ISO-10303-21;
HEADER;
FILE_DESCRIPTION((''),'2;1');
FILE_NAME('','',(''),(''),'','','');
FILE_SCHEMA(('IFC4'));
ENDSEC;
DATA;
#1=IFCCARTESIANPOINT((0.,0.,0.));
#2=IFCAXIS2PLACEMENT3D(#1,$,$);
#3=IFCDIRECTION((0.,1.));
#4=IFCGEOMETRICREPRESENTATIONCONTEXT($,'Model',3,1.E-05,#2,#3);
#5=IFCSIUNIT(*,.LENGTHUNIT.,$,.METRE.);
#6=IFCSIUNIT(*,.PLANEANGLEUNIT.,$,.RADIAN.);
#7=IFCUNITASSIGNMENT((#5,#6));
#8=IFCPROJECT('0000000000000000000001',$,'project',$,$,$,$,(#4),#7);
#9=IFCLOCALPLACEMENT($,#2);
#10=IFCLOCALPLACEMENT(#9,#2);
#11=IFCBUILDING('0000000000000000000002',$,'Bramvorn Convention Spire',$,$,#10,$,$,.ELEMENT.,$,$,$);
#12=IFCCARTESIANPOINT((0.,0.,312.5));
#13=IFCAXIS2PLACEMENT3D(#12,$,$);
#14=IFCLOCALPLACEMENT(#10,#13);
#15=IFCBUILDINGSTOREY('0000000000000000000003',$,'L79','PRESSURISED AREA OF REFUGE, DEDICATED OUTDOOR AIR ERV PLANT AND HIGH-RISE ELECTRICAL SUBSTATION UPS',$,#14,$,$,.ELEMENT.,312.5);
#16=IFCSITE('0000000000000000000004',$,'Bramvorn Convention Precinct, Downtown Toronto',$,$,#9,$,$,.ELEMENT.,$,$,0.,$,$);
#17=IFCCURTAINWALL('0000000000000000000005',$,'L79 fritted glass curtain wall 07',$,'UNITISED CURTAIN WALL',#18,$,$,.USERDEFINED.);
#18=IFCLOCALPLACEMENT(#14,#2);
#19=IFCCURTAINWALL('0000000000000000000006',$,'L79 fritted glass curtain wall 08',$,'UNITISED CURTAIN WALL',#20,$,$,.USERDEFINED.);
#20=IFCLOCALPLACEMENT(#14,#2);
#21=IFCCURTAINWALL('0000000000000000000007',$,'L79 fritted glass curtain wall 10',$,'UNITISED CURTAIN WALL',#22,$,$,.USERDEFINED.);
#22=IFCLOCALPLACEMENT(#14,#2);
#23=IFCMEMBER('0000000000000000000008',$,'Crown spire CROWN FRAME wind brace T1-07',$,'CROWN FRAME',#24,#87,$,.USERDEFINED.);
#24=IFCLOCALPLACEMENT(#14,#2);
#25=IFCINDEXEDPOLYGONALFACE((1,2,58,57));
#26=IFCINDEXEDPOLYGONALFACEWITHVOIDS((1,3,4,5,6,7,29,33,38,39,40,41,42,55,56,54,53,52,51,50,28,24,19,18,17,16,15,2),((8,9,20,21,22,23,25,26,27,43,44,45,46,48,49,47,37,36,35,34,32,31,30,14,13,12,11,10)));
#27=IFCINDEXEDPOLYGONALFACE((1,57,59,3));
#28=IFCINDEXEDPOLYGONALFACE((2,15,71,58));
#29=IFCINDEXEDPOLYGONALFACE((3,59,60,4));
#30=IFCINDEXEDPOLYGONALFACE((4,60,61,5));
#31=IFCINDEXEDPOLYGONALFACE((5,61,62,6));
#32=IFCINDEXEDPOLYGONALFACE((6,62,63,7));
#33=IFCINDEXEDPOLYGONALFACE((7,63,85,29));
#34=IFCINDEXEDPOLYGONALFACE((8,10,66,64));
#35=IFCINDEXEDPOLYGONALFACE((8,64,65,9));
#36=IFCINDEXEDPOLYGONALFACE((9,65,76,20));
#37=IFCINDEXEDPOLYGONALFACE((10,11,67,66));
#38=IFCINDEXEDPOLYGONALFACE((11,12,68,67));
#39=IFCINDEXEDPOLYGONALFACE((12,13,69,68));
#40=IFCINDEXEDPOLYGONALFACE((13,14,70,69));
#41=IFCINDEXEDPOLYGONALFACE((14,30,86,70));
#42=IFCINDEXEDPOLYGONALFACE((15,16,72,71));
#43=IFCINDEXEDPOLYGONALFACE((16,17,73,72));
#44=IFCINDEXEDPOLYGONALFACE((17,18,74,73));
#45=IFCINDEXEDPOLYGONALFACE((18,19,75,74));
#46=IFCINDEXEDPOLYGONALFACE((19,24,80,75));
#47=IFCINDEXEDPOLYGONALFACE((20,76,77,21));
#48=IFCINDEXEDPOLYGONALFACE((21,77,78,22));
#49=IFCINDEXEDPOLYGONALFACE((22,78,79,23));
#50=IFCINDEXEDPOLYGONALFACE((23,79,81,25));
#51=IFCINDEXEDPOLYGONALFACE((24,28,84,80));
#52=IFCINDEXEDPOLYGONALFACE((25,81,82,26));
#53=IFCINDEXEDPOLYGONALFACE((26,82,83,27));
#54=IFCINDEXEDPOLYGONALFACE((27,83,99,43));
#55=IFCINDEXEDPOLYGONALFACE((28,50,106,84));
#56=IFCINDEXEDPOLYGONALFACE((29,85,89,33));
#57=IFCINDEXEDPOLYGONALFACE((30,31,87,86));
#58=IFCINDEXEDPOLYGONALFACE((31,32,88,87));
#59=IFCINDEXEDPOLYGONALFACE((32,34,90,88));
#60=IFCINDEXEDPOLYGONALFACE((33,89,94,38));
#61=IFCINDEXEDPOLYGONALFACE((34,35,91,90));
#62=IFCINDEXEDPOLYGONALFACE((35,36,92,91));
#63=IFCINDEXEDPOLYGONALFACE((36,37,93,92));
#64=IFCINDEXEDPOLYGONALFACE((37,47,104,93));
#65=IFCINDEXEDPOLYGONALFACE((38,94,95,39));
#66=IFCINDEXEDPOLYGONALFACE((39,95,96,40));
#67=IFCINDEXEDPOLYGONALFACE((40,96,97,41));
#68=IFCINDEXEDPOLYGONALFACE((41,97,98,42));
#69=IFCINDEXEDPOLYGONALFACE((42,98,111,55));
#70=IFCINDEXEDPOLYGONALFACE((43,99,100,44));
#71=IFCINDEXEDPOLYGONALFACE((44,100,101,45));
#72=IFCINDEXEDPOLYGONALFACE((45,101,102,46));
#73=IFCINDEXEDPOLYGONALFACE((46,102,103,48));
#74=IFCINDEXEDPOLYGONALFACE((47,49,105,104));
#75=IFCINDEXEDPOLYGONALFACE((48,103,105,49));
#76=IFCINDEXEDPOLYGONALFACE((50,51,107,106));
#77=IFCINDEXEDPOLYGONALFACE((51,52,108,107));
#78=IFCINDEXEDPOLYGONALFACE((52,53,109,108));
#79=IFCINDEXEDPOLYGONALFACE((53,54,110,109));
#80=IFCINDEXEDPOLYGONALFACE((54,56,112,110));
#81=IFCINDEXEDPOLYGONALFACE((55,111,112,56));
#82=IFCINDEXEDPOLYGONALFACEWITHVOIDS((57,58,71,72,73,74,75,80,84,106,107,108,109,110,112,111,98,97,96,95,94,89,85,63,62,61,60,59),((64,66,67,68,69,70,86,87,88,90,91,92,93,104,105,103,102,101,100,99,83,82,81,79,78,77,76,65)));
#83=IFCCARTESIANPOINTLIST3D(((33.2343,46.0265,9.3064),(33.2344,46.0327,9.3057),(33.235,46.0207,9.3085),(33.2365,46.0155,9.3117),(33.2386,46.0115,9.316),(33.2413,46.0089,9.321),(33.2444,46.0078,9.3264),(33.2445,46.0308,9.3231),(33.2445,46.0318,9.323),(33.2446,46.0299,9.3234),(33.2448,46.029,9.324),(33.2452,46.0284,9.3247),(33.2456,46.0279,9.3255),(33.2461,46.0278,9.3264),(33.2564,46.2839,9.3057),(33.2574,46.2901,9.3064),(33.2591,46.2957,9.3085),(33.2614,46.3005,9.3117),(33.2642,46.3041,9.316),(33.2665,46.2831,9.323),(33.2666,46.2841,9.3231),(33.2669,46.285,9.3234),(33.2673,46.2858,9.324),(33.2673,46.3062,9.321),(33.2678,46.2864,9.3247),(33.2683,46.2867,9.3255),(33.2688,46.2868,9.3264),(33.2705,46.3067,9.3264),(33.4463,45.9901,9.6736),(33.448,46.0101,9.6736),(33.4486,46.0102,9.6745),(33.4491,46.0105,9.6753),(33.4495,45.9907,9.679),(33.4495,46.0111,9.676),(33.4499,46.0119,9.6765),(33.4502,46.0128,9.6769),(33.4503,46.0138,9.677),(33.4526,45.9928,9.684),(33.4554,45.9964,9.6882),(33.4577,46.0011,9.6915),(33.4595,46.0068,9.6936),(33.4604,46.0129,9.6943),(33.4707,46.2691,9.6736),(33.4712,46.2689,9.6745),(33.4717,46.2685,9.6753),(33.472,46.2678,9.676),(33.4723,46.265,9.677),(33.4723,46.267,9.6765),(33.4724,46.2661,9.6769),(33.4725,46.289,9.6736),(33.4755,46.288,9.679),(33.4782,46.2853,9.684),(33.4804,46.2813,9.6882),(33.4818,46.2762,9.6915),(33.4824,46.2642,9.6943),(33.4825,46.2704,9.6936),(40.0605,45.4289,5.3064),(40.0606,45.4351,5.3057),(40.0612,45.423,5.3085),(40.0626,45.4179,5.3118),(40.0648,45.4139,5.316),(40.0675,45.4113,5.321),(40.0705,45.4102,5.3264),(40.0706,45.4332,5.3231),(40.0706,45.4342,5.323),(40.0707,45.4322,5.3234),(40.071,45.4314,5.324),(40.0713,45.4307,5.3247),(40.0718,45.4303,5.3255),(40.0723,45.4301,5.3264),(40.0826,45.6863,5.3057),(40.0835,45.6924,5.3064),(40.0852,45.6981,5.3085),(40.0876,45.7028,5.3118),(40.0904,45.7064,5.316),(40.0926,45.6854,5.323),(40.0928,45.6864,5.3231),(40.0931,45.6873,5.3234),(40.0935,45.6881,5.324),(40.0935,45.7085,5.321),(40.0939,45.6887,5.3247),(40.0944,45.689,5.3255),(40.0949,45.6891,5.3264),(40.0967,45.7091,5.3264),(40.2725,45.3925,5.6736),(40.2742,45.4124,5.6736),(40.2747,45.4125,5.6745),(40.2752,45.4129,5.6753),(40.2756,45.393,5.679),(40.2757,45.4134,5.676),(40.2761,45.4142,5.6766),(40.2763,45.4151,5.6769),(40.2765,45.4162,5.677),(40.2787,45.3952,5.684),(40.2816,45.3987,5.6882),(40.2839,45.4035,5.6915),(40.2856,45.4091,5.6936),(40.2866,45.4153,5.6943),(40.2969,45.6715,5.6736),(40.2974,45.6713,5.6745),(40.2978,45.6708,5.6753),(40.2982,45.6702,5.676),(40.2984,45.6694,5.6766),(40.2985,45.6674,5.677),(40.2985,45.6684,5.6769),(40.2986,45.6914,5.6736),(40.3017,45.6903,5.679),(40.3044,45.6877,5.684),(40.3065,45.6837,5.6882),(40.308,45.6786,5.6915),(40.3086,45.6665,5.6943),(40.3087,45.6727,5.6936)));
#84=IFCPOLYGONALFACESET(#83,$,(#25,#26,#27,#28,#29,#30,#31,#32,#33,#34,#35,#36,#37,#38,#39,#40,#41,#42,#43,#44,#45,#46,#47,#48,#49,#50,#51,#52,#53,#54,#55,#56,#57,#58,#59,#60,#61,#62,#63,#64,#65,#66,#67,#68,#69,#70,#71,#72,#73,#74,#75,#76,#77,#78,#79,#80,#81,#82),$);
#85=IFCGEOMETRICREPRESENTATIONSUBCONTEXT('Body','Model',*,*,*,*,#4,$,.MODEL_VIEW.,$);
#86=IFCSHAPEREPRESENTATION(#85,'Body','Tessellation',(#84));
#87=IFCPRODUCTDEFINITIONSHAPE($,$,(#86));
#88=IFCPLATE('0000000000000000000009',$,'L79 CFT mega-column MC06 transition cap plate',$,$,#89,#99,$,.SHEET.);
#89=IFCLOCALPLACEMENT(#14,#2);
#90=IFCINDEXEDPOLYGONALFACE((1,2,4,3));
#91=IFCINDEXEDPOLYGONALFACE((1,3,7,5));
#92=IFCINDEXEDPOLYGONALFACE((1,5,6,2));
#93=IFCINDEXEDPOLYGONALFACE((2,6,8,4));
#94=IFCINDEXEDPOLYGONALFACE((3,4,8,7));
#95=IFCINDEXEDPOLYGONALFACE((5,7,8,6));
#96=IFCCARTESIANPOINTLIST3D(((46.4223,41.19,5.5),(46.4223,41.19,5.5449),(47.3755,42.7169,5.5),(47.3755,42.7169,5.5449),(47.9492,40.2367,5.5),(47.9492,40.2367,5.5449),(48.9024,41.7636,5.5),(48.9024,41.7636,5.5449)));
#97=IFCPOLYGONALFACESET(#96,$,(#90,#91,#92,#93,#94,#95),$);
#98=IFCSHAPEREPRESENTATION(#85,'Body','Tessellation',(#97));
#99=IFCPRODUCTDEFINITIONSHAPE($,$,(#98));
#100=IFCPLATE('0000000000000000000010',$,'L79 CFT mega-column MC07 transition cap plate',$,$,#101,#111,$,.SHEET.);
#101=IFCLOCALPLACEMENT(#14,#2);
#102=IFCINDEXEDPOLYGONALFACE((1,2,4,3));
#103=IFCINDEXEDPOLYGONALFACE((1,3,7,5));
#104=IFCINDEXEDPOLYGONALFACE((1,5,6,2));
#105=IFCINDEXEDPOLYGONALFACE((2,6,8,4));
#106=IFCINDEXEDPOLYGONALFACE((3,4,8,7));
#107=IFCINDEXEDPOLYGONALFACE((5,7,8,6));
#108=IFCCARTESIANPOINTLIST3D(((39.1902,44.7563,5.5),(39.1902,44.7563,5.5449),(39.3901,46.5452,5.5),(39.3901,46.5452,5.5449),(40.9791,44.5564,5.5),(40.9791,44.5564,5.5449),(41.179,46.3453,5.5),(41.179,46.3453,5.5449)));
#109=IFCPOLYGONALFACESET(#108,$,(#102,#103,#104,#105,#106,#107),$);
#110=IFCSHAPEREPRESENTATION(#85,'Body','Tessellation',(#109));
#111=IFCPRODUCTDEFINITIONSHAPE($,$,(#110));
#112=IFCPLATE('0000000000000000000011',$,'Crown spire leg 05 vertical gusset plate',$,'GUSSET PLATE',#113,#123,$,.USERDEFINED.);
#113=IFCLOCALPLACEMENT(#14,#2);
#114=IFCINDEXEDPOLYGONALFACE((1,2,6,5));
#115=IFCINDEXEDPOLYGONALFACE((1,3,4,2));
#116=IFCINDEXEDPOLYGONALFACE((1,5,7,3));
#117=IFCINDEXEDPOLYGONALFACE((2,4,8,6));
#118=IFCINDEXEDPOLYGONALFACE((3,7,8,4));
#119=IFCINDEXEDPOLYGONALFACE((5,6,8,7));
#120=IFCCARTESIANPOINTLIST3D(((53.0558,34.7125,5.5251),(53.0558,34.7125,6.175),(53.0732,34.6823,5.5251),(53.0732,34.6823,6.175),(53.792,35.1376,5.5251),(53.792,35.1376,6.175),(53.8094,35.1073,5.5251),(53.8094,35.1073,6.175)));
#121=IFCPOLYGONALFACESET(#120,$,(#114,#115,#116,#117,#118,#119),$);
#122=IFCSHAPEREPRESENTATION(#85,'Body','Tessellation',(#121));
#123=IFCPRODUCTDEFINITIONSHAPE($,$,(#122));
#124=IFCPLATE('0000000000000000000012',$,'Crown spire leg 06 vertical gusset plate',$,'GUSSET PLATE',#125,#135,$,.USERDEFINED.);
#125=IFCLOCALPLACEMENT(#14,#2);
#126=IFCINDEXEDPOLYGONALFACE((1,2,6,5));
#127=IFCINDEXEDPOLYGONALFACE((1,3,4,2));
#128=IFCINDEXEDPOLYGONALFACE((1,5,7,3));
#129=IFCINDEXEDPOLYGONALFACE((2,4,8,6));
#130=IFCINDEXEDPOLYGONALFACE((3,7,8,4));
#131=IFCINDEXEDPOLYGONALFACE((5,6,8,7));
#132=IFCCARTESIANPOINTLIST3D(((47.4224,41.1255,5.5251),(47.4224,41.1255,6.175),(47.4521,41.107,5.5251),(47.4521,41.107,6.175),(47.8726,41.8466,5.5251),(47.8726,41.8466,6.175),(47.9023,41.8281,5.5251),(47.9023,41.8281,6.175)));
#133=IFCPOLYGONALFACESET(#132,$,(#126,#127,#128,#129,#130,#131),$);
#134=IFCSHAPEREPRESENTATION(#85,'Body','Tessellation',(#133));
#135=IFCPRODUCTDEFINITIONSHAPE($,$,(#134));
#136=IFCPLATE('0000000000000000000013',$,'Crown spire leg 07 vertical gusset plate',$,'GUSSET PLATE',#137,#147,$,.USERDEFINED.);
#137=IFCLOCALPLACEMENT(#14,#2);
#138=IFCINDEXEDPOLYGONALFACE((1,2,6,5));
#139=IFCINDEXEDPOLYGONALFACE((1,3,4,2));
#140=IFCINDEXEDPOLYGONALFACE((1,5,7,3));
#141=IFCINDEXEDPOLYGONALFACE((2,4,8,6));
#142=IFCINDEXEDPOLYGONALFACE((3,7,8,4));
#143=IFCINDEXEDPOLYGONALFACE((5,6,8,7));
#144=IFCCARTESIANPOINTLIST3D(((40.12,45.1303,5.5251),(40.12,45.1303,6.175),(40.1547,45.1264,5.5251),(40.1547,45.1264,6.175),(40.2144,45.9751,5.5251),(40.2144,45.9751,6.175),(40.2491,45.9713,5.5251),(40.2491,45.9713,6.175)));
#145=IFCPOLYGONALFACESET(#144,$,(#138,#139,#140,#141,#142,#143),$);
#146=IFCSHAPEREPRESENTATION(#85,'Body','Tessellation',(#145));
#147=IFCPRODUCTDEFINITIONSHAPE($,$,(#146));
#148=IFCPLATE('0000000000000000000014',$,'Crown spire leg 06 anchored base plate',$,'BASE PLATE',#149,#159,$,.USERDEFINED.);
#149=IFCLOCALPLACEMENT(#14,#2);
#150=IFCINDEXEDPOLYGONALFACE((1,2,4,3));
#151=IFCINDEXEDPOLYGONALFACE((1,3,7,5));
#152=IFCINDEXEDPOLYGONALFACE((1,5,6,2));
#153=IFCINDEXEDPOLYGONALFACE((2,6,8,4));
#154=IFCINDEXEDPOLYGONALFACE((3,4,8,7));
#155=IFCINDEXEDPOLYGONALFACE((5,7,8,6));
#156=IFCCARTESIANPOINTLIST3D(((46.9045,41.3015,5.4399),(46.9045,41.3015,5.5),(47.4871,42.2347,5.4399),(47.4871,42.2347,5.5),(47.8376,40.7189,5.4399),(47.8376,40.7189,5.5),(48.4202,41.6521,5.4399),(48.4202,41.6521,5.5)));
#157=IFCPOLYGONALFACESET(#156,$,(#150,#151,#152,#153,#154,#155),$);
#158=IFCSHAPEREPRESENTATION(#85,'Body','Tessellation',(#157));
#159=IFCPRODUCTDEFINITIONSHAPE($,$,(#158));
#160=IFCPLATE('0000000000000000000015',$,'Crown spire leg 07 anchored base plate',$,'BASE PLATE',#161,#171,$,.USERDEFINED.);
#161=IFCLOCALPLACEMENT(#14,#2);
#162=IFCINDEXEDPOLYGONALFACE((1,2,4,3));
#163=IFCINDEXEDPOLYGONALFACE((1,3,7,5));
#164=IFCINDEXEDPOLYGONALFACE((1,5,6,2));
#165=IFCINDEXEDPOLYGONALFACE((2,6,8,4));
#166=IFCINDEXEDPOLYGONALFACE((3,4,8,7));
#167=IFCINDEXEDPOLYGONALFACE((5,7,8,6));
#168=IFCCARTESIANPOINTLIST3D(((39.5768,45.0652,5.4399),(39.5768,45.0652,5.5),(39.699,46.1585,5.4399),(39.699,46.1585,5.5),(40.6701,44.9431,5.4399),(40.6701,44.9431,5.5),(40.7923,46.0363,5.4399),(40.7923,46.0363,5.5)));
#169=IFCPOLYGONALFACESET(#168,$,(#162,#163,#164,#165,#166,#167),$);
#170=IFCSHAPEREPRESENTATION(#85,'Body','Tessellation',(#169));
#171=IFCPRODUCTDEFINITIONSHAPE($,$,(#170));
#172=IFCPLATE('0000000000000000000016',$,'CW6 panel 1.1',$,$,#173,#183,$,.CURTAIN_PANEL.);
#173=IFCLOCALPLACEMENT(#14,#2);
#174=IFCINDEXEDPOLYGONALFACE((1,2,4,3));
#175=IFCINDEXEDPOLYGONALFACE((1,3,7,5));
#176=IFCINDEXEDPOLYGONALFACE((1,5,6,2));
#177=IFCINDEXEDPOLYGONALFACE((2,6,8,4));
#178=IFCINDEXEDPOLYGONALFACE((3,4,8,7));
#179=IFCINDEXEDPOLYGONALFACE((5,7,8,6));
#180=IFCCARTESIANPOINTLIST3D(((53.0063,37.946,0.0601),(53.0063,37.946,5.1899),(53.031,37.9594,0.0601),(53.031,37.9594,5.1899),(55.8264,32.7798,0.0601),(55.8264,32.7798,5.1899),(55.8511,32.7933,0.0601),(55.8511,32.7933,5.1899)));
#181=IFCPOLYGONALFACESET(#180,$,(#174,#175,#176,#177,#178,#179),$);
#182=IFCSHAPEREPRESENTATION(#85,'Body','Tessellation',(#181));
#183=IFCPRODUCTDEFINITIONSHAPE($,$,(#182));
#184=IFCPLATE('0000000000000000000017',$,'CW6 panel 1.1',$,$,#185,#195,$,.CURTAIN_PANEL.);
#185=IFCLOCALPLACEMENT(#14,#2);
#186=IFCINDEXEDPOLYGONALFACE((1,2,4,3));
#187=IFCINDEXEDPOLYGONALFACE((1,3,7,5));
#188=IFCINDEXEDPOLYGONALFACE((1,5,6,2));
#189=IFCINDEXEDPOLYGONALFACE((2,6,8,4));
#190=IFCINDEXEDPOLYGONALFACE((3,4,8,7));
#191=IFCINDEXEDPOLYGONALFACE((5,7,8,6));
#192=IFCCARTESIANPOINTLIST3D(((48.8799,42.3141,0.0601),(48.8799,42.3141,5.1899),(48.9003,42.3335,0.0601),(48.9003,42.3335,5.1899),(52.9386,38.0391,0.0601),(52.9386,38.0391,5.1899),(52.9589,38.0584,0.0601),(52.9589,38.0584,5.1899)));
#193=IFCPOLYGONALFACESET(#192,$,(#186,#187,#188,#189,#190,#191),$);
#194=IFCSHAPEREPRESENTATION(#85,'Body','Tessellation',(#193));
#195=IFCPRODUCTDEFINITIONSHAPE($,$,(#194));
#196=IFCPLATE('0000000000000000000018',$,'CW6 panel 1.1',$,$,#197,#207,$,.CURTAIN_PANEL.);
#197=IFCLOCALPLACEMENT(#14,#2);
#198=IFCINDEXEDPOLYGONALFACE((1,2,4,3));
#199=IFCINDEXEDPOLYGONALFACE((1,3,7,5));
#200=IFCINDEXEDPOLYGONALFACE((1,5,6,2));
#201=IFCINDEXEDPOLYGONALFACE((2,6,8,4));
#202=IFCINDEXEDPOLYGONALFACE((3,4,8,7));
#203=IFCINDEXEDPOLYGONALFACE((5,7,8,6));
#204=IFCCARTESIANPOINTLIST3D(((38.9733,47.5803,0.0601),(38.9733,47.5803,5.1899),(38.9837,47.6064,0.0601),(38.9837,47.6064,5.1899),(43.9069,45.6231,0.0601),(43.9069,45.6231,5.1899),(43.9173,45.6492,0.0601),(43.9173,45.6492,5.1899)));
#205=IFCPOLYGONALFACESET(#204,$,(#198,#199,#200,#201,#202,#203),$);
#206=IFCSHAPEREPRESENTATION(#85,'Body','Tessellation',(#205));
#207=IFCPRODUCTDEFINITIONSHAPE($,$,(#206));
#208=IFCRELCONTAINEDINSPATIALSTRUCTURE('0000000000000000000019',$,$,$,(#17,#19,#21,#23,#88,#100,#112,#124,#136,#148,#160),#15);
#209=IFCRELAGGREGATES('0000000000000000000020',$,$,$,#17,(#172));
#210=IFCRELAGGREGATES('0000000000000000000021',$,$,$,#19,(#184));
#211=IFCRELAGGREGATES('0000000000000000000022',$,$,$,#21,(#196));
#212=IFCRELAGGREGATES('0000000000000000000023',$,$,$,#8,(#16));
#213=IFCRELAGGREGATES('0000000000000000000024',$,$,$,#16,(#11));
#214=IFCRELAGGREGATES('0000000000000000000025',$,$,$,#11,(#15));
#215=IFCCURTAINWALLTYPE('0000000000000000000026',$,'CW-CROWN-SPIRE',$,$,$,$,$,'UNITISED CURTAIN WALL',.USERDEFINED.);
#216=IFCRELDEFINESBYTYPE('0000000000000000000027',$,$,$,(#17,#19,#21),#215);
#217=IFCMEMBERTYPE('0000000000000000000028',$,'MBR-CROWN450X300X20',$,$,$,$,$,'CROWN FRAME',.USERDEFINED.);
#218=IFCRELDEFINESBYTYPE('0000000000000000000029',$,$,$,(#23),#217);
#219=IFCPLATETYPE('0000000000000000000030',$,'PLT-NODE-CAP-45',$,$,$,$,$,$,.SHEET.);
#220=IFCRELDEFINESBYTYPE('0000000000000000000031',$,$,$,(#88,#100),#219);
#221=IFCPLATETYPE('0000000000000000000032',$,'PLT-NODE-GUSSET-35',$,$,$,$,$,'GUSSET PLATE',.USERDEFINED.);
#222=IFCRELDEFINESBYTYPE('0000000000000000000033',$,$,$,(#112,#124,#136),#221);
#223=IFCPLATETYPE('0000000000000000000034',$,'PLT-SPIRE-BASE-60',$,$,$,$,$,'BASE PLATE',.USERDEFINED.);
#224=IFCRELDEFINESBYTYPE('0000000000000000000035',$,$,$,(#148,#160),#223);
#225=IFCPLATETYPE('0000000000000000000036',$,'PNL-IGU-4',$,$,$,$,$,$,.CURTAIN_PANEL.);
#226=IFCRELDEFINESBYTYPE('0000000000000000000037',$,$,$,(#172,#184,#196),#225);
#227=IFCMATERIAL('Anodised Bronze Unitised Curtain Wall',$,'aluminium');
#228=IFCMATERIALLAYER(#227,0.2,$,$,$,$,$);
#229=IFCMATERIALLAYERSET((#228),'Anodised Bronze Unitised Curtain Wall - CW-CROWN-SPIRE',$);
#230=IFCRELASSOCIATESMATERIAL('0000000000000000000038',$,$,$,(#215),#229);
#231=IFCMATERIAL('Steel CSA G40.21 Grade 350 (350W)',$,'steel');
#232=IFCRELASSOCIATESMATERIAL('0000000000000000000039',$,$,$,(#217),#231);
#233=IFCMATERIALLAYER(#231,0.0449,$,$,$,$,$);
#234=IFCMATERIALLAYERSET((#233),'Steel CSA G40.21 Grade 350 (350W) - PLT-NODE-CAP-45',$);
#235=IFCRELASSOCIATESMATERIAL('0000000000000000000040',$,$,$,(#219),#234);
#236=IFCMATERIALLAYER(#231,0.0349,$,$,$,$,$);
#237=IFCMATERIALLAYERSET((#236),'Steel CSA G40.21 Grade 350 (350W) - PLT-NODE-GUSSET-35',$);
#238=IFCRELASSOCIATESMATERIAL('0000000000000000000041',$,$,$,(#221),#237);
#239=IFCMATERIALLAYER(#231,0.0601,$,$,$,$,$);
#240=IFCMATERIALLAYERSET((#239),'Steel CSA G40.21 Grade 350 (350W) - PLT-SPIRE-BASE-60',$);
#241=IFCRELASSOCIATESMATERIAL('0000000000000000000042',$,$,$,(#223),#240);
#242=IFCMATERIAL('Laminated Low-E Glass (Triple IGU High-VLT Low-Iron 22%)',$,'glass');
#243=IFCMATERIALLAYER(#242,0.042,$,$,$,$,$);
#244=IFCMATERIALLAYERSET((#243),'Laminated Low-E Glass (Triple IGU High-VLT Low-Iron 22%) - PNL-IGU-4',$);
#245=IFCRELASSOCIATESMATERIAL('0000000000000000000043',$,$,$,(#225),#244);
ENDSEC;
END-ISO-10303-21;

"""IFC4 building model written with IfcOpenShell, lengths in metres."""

from ifc_helpers import new_model, si_unit, direction, frame, origin, origin_2d, place, context, subcontext, project, spatial, rectangle, hollow_rectangle, extrude, material, layer, layer_set, material_profile, profile_set, type_object, element, aggregate, save


model = new_model("IFC4")

# Units and contexts
model_context = context("Model", 3, precision=1e-05, world=origin(), true_north=direction((0.0, 1.0)))
body_context = subcontext(model_context, "Body", "Model", "MODEL_VIEW")
ifc_project = project(units=[si_unit("LENGTHUNIT", "METRE"), si_unit("PLANEANGLEUNIT", "RADIAN")], contexts=[model_context])

# Site, building, storey
site_placement = place(None, origin())
site = spatial("IfcSite", under=ifc_project, at=site_placement, Name="Bramvorn Convention Precinct, Downtown Toronto", CompositionType="ELEMENT", RefElevation=0.0)
building_placement = place(site_placement, origin())
building = spatial("IfcBuilding", under=site, at=building_placement, Name="Bramvorn Convention Spire", CompositionType="ELEMENT")
storey_placement = place(building_placement, frame((0.0, 0.0, 312.5)))
storey = spatial("IfcBuildingStorey", under=building, at=storey_placement, Name="L79", Description="PRESSURISED AREA OF REFUGE, DEDICATED OUTDOOR AIR ERV PLANT AND HIGH-RISE ELECTRICAL SUBSTATION UPS", CompositionType="ELEMENT", Elevation=312.5)

# Shared definitions
ifc_material_1 = material(Name="Steel CSA G40.21 Grade 350 (350W)", Category="steel")

# Curtain wall
ifc_material_2 = material(Name="Anodised Bronze Unitised Curtain Wall", Category="aluminium")
ifc_layer_1 = layer(ifc_material_2, 0.2)
ifc_layer_set_1 = layer_set([ifc_layer_1], Name="Anodised Bronze Unitised Curtain Wall - CW-CROWN-SPIRE")
curtain_wall_type = type_object("IfcCurtainWallType", Name="CW-CROWN-SPIRE", ElementType="UNITISED CURTAIN WALL", PredefinedType="USERDEFINED", material=ifc_layer_set_1)
curtain_wall_1_placement = place(storey_placement, origin())
curtain_wall_1 = element("IfcCurtainWall", 1, at=curtain_wall_1_placement, inside=storey, type_object=curtain_wall_type, Name="L79 fritted glass curtain wall 07", ObjectType="UNITISED CURTAIN WALL", PredefinedType="USERDEFINED")

# Curtain walls
curtain_wall_2_placement = place(storey_placement, origin())
curtain_wall_2 = element("IfcCurtainWall", 2, at=curtain_wall_2_placement, inside=storey, type_object=curtain_wall_type, Name="L79 fritted glass curtain wall 08", ObjectType="UNITISED CURTAIN WALL", PredefinedType="USERDEFINED")
curtain_wall_3_placement = place(storey_placement, origin())
curtain_wall_3 = element("IfcCurtainWall", 3, at=curtain_wall_3_placement, inside=storey, type_object=curtain_wall_type, Name="L79 fritted glass curtain wall 10", ObjectType="UNITISED CURTAIN WALL", PredefinedType="USERDEFINED")

# Member
ifc_material_profile_1 = material_profile(ifc_material_1, hollow_rectangle(XDim=0.3, YDim=0.45, WallThickness=0.02, InnerFilletRadius=0.0039, OuterFilletRadius=0.0239, at=origin_2d()))
ifc_profile_set_1 = profile_set([ifc_material_profile_1], Name="Steel CSA G40.21 Grade 350 (350W) - CROWN450X300X20")
member_type_1 = type_object("IfcMemberType", Name="MBR-CROWN450X300X20", ElementType="CROWN FRAME", PredefinedType="USERDEFINED", material=ifc_profile_set_1)
member_1_placement = place(storey_placement, frame((40.1846, 45.5508, 5.5), z_axis=(-0.860332, 0.075325, 0.504137), x_axis=(-0.08722, -0.996189, 0.0)))
element("IfcMember", 4, at=member_1_placement, inside=storey, type_object=member_type_1, Name="Crown spire CROWN FRAME wind brace T1-07", ObjectType="CROWN FRAME", PredefinedType="USERDEFINED", context=body_context, shape_type="SweptSolid", body=[
    extrude(hollow_rectangle(XDim=0.3, YDim=0.45, WallThickness=0.02, InnerFilletRadius=0.0039, OuterFilletRadius=0.0239, at=origin_2d()), origin(), (0.0, 0.0, 1.0), 7.9343),
])

# Plates
ifc_layer_2 = layer(ifc_material_1, 0.0449)
ifc_layer_set_2 = layer_set([ifc_layer_2], Name="Steel CSA G40.21 Grade 350 (350W) - PLT-NODE-CAP-45")
plate_type_1 = type_object("IfcPlateType", Name="PLT-NODE-CAP-45", PredefinedType="SHEET", material=ifc_layer_set_2)
for number, where, z_axis, x_axis, name in (
    (5, (47.6624, 41.4768, 5.5), (0.0, 0.0, 1.0), (0.529581, 0.848259, 0.0), "L79 CFT mega-column MC06 transition cap plate"),
    (6, (40.1846, 45.5508, 5.5), (0.0, 0.0, 1.0), (0.111044, 0.993816, 0.0), "L79 CFT mega-column MC07 transition cap plate"),
):
    element("IfcPlate", number, at=place(storey_placement, frame(where, z_axis=z_axis, x_axis=x_axis)), inside=storey, type_object=plate_type_1, Name=name, PredefinedType="SHEET", context=body_context, shape_type="SweptSolid", body=[
        extrude(rectangle(XDim=1.8, YDim=1.8, at=origin_2d()), origin(), (0.0, 0.0, 1.0), 0.0449),
    ])
ifc_layer_3 = layer(ifc_material_1, 0.0349)
ifc_layer_set_3 = layer_set([ifc_layer_3], Name="Steel CSA G40.21 Grade 350 (350W) - PLT-NODE-GUSSET-35")
plate_type_2 = type_object("IfcPlateType", Name="PLT-NODE-GUSSET-35", ElementType="GUSSET PLATE", PredefinedType="USERDEFINED", material=ifc_layer_set_3)
for number, where, z_axis, x_axis, name in (
    (7, (53.4326, 34.9099, 5.5251), (0.0, 0.0, 1.0), (0.866026, 0.499999, 0.0), "Crown spire leg 05 vertical gusset plate"),
    (8, (47.6624, 41.4768, 5.5251), (0.0, 0.0, 1.0), (0.529581, 0.848259, 0.0), "Crown spire leg 06 vertical gusset plate"),
    (9, (40.1846, 45.5508, 5.5251), (0.0, 0.0, 1.0), (0.111044, 0.993816, 0.0), "Crown spire leg 07 vertical gusset plate"),
):
    element("IfcPlate", number, at=place(storey_placement, frame(where, z_axis=z_axis, x_axis=x_axis)), inside=storey, type_object=plate_type_2, Name=name, ObjectType="GUSSET PLATE", PredefinedType="USERDEFINED", context=body_context, shape_type="SweptSolid", body=[
        extrude(rectangle(XDim=0.8501, YDim=0.0349, at=origin_2d()), origin(), (0.0, 0.0, 1.0), 0.6499),
    ])
ifc_layer_4 = layer(ifc_material_1, 0.0601)
ifc_layer_set_4 = layer_set([ifc_layer_4], Name="Steel CSA G40.21 Grade 350 (350W) - PLT-SPIRE-BASE-60")
plate_type_3 = type_object("IfcPlateType", Name="PLT-SPIRE-BASE-60", ElementType="BASE PLATE", PredefinedType="USERDEFINED", material=ifc_layer_set_4)
for number, where, z_axis, x_axis, name in (
    (10, (47.6624, 41.4768, 5.4399), (0.0, 0.0, 1.0), (0.529581, 0.848259, 0.0), "Crown spire leg 06 anchored base plate"),
    (11, (40.1846, 45.5508, 5.4399), (0.0, 0.0, 1.0), (0.111044, 0.993816, 0.0), "Crown spire leg 07 anchored base plate"),
):
    element("IfcPlate", number, at=place(storey_placement, frame(where, z_axis=z_axis, x_axis=x_axis)), inside=storey, type_object=plate_type_3, Name=name, ObjectType="BASE PLATE", PredefinedType="USERDEFINED", context=body_context, shape_type="SweptSolid", body=[
        extrude(rectangle(XDim=1.1001, YDim=1.1001, at=origin_2d()), origin(), (0.0, 0.0, 1.0), 0.0601),
    ])

# Plates
ifc_material_3 = material(Name="Laminated Low-E Glass (Triple IGU High-VLT Low-Iron 22%)", Category="glass")
ifc_layer_5 = layer(ifc_material_3, 0.042)
ifc_layer_set_5 = layer_set([ifc_layer_5], Name="Laminated Low-E Glass (Triple IGU High-VLT Low-Iron 22%) - PNL-IGU-4")
plate_type_4 = type_object("IfcPlateType", Name="PNL-IGU-4", PredefinedType="CURTAIN_PANEL", material=ifc_layer_set_5)
plate_1_placement = place(storey_placement, frame((54.4287, 35.3696, 0.0601), z_axis=(0.0, 0.0, 1.0), x_axis=(0.479139, -0.877739, 0.0)))
plate_1 = element("IfcPlate", 12, at=plate_1_placement, type_object=plate_type_4, Name="CW6 panel 1.1", PredefinedType="CURTAIN_PANEL", context=body_context, shape_type="SweptSolid", body=[
    extrude(rectangle(XDim=5.8857, YDim=0.0281, at=origin_2d()), origin(), (0.0, 0.0, 1.0), 5.1299),
])
aggregate(curtain_wall_1, [plate_1])
plate_2_placement = place(storey_placement, frame((50.9194, 40.1863, 0.0601), z_axis=(0.0, 0.0, 1.0), x_axis=(0.688514, -0.725223, 0.0)))
plate_2 = element("IfcPlate", 13, at=plate_2_placement, type_object=plate_type_4, Name="CW6 panel 1.1", PredefinedType="CURTAIN_PANEL", context=body_context, shape_type="SweptSolid", body=[
    extrude(rectangle(XDim=5.8948, YDim=0.0281, at=origin_2d()), origin(), (0.0, 0.0, 1.0), 5.1299),
])
aggregate(curtain_wall_2, [plate_2])
plate_3_placement = place(storey_placement, frame((41.4453, 46.6147, 0.0601), z_axis=(0.0, 0.0, 1.0), x_axis=(0.929533, -0.36874, 0.0)))
plate_3 = element("IfcPlate", 14, at=plate_3_placement, type_object=plate_type_4, Name="CW6 panel 1.1", PredefinedType="CURTAIN_PANEL", context=body_context, shape_type="SweptSolid", body=[
    extrude(rectangle(XDim=5.3076, YDim=0.0281, at=origin_2d()), origin(), (0.0, 0.0, 1.0), 5.1299),
])
aggregate(curtain_wall_3, [plate_3])

save(model, "model.ifc")
